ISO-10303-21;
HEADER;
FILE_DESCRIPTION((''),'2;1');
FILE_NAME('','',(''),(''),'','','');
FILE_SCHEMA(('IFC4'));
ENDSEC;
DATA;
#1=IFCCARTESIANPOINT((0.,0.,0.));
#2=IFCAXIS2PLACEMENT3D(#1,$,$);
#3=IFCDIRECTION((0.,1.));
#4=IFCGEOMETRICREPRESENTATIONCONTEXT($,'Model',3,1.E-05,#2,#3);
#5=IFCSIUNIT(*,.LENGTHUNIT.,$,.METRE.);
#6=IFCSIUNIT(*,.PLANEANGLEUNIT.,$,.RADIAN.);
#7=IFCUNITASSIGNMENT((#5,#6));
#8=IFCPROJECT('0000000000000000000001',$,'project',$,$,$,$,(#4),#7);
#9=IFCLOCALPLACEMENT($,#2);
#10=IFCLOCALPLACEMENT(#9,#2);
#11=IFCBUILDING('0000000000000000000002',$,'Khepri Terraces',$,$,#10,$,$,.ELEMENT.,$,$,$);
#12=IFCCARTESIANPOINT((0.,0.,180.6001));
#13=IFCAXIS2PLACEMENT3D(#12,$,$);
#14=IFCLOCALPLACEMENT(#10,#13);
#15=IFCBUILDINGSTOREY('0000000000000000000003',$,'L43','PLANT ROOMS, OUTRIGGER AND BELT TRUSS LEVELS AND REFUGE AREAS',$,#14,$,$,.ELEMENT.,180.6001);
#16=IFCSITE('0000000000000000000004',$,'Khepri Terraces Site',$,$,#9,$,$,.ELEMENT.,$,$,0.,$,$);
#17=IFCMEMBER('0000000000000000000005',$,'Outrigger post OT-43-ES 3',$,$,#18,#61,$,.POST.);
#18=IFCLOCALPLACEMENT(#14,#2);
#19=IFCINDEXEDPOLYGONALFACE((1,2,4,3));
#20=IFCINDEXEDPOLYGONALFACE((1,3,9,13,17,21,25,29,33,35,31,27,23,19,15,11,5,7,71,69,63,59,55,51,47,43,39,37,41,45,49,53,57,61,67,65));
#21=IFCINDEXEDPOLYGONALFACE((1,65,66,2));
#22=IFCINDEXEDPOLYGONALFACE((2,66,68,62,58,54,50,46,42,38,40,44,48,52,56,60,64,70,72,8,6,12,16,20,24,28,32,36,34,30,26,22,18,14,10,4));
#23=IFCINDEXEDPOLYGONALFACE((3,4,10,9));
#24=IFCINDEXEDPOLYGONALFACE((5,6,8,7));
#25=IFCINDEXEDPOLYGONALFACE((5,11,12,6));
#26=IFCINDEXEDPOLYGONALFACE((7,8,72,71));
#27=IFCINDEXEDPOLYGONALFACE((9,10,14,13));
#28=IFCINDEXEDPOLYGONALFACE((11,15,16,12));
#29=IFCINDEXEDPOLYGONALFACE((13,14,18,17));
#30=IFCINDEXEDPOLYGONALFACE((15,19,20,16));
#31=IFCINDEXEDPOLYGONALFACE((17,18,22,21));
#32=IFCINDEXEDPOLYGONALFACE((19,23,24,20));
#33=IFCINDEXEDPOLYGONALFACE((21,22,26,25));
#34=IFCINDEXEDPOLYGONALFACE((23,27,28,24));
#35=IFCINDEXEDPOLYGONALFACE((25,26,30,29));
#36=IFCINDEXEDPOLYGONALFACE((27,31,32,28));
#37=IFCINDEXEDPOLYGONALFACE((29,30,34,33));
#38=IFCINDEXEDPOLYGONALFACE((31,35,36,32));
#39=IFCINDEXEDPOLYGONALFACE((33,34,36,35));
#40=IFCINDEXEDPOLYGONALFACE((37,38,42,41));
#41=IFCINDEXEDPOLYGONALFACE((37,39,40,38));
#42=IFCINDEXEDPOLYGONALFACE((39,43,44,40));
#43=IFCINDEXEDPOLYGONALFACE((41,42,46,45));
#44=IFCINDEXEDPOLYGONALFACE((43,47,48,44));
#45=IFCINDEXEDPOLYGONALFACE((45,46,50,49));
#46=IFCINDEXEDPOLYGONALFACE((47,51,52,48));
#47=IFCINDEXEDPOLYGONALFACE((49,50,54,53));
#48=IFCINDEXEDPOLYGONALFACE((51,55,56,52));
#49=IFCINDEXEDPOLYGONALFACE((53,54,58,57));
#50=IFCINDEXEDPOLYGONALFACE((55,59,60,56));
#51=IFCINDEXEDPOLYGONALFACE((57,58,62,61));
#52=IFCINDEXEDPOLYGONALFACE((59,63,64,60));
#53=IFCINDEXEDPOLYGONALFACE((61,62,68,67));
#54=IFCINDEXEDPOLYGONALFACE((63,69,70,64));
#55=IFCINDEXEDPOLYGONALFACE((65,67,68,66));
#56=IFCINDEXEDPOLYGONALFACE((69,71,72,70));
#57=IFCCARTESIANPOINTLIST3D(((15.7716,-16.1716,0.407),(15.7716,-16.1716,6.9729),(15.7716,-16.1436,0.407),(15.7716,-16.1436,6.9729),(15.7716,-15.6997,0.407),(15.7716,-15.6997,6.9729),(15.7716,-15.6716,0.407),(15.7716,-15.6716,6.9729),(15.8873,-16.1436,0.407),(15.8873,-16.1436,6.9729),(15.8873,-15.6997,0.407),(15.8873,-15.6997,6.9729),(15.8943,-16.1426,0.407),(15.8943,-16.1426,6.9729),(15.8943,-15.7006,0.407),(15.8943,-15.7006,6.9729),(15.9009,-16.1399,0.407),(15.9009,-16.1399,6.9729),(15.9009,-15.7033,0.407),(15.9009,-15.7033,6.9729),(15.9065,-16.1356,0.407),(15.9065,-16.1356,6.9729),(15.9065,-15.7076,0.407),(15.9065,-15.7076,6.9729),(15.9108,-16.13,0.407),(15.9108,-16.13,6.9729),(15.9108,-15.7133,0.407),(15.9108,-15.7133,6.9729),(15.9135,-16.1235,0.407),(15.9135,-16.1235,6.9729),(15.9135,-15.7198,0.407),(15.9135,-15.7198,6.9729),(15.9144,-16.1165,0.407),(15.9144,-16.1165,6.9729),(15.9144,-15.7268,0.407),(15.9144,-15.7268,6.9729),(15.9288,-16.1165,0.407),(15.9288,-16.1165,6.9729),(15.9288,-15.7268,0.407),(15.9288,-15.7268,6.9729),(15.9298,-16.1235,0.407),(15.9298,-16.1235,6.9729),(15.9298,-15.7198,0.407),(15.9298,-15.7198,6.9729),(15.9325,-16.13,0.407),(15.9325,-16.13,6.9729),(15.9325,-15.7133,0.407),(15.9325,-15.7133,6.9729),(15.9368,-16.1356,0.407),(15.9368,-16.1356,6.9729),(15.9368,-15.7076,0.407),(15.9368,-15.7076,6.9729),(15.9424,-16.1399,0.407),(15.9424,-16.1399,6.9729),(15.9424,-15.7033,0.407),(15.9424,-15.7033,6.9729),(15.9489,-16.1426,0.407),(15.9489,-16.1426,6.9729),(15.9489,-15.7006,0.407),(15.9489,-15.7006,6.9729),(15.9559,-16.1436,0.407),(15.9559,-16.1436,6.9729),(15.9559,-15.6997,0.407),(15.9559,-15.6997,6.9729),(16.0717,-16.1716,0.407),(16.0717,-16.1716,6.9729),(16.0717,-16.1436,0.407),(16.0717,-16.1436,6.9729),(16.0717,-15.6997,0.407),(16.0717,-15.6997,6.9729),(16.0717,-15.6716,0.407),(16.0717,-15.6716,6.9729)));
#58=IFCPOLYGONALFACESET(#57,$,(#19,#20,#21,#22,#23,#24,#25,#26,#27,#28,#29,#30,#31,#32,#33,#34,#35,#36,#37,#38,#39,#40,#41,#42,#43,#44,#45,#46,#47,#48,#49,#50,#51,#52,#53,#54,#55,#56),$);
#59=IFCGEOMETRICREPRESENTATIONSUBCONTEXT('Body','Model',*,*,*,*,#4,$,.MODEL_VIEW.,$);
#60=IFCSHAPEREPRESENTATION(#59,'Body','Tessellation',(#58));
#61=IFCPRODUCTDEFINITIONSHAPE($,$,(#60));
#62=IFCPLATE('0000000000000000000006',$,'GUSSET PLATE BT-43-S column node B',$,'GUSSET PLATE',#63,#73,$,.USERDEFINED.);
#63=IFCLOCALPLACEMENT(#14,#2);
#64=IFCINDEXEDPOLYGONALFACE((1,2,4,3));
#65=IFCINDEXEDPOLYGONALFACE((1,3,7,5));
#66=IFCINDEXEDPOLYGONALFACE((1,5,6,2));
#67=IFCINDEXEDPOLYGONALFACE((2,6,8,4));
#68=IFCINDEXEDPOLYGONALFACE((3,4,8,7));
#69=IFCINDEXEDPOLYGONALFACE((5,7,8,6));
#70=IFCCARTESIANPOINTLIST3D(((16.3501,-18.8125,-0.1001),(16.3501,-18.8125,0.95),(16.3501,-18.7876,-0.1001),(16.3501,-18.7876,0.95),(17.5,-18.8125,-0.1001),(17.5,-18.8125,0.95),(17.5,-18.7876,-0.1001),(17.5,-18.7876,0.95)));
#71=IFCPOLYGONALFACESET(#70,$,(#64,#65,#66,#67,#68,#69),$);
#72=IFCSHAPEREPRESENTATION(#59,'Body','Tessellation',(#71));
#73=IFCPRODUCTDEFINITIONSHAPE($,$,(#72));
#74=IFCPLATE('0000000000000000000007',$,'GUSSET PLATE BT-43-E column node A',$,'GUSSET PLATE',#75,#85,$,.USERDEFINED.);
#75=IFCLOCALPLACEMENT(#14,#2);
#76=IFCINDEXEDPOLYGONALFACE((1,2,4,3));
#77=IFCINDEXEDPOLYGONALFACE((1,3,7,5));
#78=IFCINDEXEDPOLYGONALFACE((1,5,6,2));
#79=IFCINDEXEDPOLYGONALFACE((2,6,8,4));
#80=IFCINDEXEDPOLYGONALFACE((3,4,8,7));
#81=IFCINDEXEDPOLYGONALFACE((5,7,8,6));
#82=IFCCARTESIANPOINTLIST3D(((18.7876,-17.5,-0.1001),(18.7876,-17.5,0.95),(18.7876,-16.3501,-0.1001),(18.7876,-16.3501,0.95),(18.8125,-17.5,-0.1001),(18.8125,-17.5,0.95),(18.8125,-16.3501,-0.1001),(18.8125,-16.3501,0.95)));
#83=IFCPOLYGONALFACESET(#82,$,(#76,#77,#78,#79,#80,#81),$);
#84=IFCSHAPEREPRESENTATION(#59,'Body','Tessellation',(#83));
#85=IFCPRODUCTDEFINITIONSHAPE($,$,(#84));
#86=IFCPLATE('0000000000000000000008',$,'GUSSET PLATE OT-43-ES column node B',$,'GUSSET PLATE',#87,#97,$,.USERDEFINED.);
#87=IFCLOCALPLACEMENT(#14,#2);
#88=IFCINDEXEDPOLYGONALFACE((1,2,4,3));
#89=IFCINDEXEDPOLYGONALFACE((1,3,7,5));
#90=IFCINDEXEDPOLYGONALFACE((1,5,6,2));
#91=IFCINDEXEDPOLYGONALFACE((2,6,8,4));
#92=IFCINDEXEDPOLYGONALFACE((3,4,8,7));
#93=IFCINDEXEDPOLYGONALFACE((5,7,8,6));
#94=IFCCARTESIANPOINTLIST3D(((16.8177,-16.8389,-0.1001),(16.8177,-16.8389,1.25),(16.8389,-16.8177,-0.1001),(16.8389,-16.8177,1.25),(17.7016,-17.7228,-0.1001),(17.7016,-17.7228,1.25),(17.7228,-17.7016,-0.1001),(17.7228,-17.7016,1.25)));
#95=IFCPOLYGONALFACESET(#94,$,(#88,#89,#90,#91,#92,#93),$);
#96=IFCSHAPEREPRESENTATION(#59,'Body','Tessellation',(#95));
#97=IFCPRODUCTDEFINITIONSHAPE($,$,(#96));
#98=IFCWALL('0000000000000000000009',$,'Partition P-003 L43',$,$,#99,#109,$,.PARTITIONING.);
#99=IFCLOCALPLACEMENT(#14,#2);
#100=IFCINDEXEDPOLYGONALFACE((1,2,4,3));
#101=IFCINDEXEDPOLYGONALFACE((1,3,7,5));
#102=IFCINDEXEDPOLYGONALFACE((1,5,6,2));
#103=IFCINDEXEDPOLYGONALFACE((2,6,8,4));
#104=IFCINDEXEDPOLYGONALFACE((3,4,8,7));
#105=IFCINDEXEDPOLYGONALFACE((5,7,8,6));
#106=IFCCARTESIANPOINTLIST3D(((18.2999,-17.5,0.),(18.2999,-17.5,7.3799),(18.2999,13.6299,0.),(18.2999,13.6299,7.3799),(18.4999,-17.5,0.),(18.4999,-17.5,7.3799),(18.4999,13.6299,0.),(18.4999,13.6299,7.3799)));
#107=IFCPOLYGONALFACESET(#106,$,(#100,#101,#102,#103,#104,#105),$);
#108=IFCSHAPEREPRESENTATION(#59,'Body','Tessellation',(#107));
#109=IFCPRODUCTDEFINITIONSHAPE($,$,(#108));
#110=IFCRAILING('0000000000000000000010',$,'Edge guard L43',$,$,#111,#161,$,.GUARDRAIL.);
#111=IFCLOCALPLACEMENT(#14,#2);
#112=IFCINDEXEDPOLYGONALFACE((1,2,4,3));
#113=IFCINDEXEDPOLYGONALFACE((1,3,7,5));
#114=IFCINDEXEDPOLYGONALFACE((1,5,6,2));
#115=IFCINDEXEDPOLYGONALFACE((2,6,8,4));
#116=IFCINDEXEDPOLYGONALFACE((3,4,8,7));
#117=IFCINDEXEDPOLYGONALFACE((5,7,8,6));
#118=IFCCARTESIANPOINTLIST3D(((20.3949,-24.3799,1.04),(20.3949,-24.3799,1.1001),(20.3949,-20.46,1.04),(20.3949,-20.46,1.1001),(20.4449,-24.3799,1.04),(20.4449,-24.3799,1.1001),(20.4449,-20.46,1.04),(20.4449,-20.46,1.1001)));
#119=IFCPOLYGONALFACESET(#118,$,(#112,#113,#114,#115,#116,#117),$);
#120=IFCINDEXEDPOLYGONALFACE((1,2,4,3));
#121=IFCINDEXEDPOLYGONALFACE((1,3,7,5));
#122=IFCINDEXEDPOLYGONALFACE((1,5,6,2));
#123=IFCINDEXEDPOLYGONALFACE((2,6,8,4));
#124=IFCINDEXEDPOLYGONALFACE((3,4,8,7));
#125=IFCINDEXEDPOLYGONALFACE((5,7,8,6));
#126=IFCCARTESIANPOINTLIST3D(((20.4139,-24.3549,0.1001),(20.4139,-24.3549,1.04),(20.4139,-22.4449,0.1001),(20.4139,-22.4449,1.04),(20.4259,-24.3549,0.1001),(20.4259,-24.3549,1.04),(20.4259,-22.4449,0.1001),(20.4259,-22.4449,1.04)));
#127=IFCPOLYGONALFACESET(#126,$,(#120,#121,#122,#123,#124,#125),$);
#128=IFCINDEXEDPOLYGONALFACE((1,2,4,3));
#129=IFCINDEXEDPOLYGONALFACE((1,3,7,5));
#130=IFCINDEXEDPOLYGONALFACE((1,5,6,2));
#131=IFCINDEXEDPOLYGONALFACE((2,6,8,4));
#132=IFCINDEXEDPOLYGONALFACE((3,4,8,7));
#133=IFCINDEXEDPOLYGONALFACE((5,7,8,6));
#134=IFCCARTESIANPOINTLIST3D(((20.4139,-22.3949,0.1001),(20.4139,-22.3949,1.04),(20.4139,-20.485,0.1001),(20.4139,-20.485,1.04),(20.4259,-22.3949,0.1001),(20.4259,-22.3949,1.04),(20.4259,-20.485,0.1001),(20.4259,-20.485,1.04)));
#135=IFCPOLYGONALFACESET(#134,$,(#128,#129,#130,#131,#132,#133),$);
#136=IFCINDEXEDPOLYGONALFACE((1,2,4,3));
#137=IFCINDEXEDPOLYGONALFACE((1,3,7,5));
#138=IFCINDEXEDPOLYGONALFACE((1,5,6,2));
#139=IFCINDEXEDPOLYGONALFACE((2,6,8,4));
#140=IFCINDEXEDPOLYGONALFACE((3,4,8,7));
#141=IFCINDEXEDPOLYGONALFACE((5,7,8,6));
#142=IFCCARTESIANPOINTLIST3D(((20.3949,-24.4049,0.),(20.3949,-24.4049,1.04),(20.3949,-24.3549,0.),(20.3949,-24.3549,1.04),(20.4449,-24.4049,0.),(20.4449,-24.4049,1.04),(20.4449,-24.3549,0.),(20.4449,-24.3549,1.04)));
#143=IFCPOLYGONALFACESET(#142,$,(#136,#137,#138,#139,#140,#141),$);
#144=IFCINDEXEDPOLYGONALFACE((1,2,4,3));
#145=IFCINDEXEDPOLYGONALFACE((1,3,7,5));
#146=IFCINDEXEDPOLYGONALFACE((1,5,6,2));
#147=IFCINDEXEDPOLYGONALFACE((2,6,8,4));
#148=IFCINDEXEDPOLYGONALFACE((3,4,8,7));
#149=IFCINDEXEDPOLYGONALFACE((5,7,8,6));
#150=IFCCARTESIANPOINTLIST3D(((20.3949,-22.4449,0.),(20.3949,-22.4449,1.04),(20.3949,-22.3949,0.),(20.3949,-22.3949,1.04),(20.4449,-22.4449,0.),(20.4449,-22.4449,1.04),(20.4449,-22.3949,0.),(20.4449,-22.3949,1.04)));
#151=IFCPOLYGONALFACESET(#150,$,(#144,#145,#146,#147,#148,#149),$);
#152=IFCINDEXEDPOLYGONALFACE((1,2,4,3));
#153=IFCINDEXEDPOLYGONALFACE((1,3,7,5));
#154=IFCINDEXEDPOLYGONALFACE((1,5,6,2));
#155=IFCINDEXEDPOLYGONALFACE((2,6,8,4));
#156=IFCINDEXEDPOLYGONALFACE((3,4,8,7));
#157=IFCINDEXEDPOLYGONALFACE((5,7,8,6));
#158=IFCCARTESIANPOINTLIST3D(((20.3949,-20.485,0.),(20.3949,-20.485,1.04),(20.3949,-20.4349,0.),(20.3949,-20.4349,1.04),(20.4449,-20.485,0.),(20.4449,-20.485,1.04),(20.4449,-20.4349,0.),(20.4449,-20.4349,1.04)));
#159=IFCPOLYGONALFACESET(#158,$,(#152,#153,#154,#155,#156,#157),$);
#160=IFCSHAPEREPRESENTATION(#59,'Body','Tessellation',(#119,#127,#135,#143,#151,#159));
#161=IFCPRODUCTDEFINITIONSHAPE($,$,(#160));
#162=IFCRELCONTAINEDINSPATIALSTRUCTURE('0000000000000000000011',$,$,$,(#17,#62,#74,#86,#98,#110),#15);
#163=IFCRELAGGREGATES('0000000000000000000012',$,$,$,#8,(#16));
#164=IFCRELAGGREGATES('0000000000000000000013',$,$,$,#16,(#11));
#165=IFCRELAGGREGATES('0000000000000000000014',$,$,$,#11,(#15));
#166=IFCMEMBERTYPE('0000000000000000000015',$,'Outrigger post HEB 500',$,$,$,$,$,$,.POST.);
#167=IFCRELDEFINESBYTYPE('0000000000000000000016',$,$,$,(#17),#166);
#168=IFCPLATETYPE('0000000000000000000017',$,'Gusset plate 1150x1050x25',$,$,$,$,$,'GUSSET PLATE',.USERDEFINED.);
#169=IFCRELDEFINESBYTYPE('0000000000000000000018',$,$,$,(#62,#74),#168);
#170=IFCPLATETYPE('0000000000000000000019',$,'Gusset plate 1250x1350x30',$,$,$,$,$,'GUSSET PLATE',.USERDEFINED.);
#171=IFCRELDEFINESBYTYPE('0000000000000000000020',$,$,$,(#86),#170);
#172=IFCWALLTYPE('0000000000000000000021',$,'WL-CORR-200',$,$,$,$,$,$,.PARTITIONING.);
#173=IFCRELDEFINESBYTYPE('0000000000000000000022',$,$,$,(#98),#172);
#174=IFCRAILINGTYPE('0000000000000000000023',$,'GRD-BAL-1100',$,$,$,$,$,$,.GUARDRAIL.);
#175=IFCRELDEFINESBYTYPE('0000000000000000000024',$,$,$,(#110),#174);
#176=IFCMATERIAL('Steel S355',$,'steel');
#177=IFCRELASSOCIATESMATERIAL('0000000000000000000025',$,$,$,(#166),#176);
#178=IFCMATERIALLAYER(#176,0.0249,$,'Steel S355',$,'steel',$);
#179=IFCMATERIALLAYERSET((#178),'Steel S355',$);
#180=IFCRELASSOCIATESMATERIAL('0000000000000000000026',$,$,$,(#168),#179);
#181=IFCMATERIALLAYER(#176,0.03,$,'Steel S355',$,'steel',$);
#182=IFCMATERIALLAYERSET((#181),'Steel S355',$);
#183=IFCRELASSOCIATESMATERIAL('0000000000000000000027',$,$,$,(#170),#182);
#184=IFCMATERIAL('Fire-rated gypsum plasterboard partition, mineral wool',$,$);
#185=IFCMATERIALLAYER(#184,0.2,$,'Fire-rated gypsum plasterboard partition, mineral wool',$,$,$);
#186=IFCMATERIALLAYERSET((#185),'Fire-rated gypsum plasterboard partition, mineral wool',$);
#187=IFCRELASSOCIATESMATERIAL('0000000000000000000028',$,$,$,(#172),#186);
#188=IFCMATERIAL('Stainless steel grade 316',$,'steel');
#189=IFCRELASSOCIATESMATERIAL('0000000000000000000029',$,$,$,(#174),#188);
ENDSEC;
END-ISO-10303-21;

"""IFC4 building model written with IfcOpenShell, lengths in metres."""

from ifc_helpers import new_model, si_unit, direction, frame, frame_2d, origin, origin_2d, place, context, subcontext, project, spatial, rectangle, i_section, extrude, material, layer, layer_set, material_profile, profile_set, type_object, element, save


model = new_model("IFC4")

# Units and contexts
model_context = context("Model", 3, precision=1e-05, world=origin(), true_north=direction((0.0, 1.0)))
body_context = subcontext(model_context, "Body", "Model", "MODEL_VIEW")
ifc_project = project(units=[si_unit("LENGTHUNIT", "METRE"), si_unit("PLANEANGLEUNIT", "RADIAN")], contexts=[model_context])

# Site, building, storey
site_placement = place(None, origin())
site = spatial("IfcSite", under=ifc_project, at=site_placement, Name="Khepri Terraces Site", CompositionType="ELEMENT", RefElevation=0.0)
building_placement = place(site_placement, origin())
building = spatial("IfcBuilding", under=site, at=building_placement, Name="Khepri Terraces", CompositionType="ELEMENT")
storey_placement = place(building_placement, frame((0.0, 0.0, 180.6001)))
storey = spatial("IfcBuildingStorey", under=building, at=storey_placement, Name="L43", Description="PLANT ROOMS, OUTRIGGER AND BELT TRUSS LEVELS AND REFUGE AREAS", CompositionType="ELEMENT", Elevation=180.6001)

# Member
ifc_material_1 = material(Name="Steel S355", Category="steel")
ifc_material_profile_1 = material_profile(ifc_material_1, i_section(OverallWidth=0.3, OverallDepth=0.5, WebThickness=0.0144, FlangeThickness=0.0281, FilletRadius=0.0271, at=origin_2d()), Name="Steel S355", Category="steel")
ifc_profile_set_1 = profile_set([ifc_material_profile_1], Name="Steel S355")
member_type_1 = type_object("IfcMemberType", Name="Outrigger post HEB 500", PredefinedType="POST", material=ifc_profile_set_1)
for number, where, z_axis, x_axis, name in (
    (1, (15.9216, -15.9216, 0.407), (0.0, 0.0, 1.0), (1.0, 0.0, 0.0), "Outrigger post OT-43-ES 3"),
):
    element("IfcMember", number, at=place(storey_placement, frame(where, z_axis=z_axis, x_axis=x_axis)), inside=storey, type_object=member_type_1, Name=name, PredefinedType="POST", context=body_context, shape_type="SweptSolid", body=[
        extrude(i_section(OverallWidth=0.3, OverallDepth=0.5, WebThickness=0.0144, FlangeThickness=0.0281, FilletRadius=0.0271, at=origin_2d()), origin(), (0.0, 0.0, 1.0), 6.5659),
    ])

# Plates
ifc_layer_1 = layer(ifc_material_1, 0.0249, Name="Steel S355", Category="steel")
ifc_layer_set_1 = layer_set([ifc_layer_1], Name="Steel S355")
plate_type_1 = type_object("IfcPlateType", Name="Gusset plate 1150x1050x25", ElementType="GUSSET PLATE", PredefinedType="USERDEFINED", material=ifc_layer_set_1)
for number, where, z_axis, x_axis, name in (
    (2, (16.925, -18.8, -0.1001), (0.0, 0.0, 1.0), (1.0, 0.0, 0.0), "GUSSET PLATE BT-43-S column node B"),
    (3, (18.8, -16.925, -0.1001), (0.0, 0.0, 1.0), (0.0, 1.0, 0.0), "GUSSET PLATE BT-43-E column node A"),
):
    element("IfcPlate", number, at=place(storey_placement, frame(where, z_axis=z_axis, x_axis=x_axis)), inside=storey, type_object=plate_type_1, Name=name, ObjectType="GUSSET PLATE", PredefinedType="USERDEFINED", context=body_context, shape_type="SweptSolid", body=[
        extrude(rectangle(XDim=1.1499, YDim=0.0249, at=origin_2d()), origin(), (0.0, 0.0, 1.0), 1.05),
    ])
ifc_layer_2 = layer(ifc_material_1, 0.03, Name="Steel S355", Category="steel")
ifc_layer_set_2 = layer_set([ifc_layer_2], Name="Steel S355")
plate_type_2 = type_object("IfcPlateType", Name="Gusset plate 1250x1350x30", ElementType="GUSSET PLATE", PredefinedType="USERDEFINED", material=ifc_layer_set_2)
plate_placement = place(storey_placement, frame((17.2703, -17.2703, -0.1001), z_axis=(0.0, 0.0, 1.0), x_axis=(0.707107, -0.707107, 0.0)))
element("IfcPlate", 4, at=plate_placement, inside=storey, type_object=plate_type_2, Name="GUSSET PLATE OT-43-ES column node B", ObjectType="GUSSET PLATE", PredefinedType="USERDEFINED", context=body_context, shape_type="SweptSolid", body=[
    extrude(rectangle(XDim=1.25, YDim=0.03, at=origin_2d()), origin(), (0.0, 0.0, 1.0), 1.3501),
])

# Wall
ifc_material_2 = material(Name="Fire-rated gypsum plasterboard partition, mineral wool")
ifc_layer_3 = layer(ifc_material_2, 0.2, Name="Fire-rated gypsum plasterboard partition, mineral wool")
ifc_layer_set_3 = layer_set([ifc_layer_3], Name="Fire-rated gypsum plasterboard partition, mineral wool")
wall_type = type_object("IfcWallType", Name="WL-CORR-200", PredefinedType="PARTITIONING", material=ifc_layer_set_3)
wall_placement = place(storey_placement, frame((18.3999, -17.5, 0.0), z_axis=(0.0, 0.0, 1.0), x_axis=(0.0, 1.0, 0.0)))
element("IfcWall", 5, at=wall_placement, inside=storey, type_object=wall_type, Name="Partition P-003 L43", PredefinedType="PARTITIONING", context=body_context, shape_type="SweptSolid", body=[
    extrude(rectangle(XDim=31.1299, YDim=0.2, at=frame_2d((15.5649, 0.0))), origin(), (0.0, 0.0, 1.0), 7.3799),
])

# Railing
ifc_material_3 = material(Name="Stainless steel grade 316", Category="steel")
railing_type = type_object("IfcRailingType", Name="GRD-BAL-1100", PredefinedType="GUARDRAIL", material=ifc_material_3)
railing_1_placement = place(storey_placement, frame((20.4199, -24.3799, 0.0)))
element("IfcRailing", 6, at=railing_1_placement, inside=storey, type_object=railing_type, Name="Edge guard L43", PredefinedType="GUARDRAIL", context=body_context, shape_type="SweptSolid", body=[
    extrude(rectangle(XDim=0.05, YDim=0.0601, at=origin_2d()), frame((0.0, 0.0, 1.0701), z_axis=(0.0, 1.0, 0.0), x_axis=(-1.0, 0.0, 0.0)), (0.0, 0.0, 1.0), 3.9199),
    extrude(rectangle(XDim=1.9099, YDim=0.012, at=origin_2d()), frame((0.0, 0.98, 0.1001), z_axis=(0.0, 0.0, 1.0), x_axis=(0.0, 1.0, 0.0)), (0.0, 0.0, 1.0), 0.9399),
    extrude(rectangle(XDim=1.9099, YDim=0.012, at=origin_2d()), frame((0.0, 2.9399, 0.1001), z_axis=(0.0, 0.0, 1.0), x_axis=(0.0, 1.0, 0.0)), (0.0, 0.0, 1.0), 0.9399),
    extrude(rectangle(XDim=0.05, YDim=0.05, at=origin_2d()), origin(), (0.0, 0.0, 1.0), 1.04),
    extrude(rectangle(XDim=0.05, YDim=0.05, at=origin_2d()), frame((0.0, 1.96, 0.0)), (0.0, 0.0, 1.0), 1.04),
    extrude(rectangle(XDim=0.05, YDim=0.05, at=origin_2d()), frame((0.0, 3.9199, 0.0)), (0.0, 0.0, 1.0), 1.04),
])

save(model, "model.ifc")
